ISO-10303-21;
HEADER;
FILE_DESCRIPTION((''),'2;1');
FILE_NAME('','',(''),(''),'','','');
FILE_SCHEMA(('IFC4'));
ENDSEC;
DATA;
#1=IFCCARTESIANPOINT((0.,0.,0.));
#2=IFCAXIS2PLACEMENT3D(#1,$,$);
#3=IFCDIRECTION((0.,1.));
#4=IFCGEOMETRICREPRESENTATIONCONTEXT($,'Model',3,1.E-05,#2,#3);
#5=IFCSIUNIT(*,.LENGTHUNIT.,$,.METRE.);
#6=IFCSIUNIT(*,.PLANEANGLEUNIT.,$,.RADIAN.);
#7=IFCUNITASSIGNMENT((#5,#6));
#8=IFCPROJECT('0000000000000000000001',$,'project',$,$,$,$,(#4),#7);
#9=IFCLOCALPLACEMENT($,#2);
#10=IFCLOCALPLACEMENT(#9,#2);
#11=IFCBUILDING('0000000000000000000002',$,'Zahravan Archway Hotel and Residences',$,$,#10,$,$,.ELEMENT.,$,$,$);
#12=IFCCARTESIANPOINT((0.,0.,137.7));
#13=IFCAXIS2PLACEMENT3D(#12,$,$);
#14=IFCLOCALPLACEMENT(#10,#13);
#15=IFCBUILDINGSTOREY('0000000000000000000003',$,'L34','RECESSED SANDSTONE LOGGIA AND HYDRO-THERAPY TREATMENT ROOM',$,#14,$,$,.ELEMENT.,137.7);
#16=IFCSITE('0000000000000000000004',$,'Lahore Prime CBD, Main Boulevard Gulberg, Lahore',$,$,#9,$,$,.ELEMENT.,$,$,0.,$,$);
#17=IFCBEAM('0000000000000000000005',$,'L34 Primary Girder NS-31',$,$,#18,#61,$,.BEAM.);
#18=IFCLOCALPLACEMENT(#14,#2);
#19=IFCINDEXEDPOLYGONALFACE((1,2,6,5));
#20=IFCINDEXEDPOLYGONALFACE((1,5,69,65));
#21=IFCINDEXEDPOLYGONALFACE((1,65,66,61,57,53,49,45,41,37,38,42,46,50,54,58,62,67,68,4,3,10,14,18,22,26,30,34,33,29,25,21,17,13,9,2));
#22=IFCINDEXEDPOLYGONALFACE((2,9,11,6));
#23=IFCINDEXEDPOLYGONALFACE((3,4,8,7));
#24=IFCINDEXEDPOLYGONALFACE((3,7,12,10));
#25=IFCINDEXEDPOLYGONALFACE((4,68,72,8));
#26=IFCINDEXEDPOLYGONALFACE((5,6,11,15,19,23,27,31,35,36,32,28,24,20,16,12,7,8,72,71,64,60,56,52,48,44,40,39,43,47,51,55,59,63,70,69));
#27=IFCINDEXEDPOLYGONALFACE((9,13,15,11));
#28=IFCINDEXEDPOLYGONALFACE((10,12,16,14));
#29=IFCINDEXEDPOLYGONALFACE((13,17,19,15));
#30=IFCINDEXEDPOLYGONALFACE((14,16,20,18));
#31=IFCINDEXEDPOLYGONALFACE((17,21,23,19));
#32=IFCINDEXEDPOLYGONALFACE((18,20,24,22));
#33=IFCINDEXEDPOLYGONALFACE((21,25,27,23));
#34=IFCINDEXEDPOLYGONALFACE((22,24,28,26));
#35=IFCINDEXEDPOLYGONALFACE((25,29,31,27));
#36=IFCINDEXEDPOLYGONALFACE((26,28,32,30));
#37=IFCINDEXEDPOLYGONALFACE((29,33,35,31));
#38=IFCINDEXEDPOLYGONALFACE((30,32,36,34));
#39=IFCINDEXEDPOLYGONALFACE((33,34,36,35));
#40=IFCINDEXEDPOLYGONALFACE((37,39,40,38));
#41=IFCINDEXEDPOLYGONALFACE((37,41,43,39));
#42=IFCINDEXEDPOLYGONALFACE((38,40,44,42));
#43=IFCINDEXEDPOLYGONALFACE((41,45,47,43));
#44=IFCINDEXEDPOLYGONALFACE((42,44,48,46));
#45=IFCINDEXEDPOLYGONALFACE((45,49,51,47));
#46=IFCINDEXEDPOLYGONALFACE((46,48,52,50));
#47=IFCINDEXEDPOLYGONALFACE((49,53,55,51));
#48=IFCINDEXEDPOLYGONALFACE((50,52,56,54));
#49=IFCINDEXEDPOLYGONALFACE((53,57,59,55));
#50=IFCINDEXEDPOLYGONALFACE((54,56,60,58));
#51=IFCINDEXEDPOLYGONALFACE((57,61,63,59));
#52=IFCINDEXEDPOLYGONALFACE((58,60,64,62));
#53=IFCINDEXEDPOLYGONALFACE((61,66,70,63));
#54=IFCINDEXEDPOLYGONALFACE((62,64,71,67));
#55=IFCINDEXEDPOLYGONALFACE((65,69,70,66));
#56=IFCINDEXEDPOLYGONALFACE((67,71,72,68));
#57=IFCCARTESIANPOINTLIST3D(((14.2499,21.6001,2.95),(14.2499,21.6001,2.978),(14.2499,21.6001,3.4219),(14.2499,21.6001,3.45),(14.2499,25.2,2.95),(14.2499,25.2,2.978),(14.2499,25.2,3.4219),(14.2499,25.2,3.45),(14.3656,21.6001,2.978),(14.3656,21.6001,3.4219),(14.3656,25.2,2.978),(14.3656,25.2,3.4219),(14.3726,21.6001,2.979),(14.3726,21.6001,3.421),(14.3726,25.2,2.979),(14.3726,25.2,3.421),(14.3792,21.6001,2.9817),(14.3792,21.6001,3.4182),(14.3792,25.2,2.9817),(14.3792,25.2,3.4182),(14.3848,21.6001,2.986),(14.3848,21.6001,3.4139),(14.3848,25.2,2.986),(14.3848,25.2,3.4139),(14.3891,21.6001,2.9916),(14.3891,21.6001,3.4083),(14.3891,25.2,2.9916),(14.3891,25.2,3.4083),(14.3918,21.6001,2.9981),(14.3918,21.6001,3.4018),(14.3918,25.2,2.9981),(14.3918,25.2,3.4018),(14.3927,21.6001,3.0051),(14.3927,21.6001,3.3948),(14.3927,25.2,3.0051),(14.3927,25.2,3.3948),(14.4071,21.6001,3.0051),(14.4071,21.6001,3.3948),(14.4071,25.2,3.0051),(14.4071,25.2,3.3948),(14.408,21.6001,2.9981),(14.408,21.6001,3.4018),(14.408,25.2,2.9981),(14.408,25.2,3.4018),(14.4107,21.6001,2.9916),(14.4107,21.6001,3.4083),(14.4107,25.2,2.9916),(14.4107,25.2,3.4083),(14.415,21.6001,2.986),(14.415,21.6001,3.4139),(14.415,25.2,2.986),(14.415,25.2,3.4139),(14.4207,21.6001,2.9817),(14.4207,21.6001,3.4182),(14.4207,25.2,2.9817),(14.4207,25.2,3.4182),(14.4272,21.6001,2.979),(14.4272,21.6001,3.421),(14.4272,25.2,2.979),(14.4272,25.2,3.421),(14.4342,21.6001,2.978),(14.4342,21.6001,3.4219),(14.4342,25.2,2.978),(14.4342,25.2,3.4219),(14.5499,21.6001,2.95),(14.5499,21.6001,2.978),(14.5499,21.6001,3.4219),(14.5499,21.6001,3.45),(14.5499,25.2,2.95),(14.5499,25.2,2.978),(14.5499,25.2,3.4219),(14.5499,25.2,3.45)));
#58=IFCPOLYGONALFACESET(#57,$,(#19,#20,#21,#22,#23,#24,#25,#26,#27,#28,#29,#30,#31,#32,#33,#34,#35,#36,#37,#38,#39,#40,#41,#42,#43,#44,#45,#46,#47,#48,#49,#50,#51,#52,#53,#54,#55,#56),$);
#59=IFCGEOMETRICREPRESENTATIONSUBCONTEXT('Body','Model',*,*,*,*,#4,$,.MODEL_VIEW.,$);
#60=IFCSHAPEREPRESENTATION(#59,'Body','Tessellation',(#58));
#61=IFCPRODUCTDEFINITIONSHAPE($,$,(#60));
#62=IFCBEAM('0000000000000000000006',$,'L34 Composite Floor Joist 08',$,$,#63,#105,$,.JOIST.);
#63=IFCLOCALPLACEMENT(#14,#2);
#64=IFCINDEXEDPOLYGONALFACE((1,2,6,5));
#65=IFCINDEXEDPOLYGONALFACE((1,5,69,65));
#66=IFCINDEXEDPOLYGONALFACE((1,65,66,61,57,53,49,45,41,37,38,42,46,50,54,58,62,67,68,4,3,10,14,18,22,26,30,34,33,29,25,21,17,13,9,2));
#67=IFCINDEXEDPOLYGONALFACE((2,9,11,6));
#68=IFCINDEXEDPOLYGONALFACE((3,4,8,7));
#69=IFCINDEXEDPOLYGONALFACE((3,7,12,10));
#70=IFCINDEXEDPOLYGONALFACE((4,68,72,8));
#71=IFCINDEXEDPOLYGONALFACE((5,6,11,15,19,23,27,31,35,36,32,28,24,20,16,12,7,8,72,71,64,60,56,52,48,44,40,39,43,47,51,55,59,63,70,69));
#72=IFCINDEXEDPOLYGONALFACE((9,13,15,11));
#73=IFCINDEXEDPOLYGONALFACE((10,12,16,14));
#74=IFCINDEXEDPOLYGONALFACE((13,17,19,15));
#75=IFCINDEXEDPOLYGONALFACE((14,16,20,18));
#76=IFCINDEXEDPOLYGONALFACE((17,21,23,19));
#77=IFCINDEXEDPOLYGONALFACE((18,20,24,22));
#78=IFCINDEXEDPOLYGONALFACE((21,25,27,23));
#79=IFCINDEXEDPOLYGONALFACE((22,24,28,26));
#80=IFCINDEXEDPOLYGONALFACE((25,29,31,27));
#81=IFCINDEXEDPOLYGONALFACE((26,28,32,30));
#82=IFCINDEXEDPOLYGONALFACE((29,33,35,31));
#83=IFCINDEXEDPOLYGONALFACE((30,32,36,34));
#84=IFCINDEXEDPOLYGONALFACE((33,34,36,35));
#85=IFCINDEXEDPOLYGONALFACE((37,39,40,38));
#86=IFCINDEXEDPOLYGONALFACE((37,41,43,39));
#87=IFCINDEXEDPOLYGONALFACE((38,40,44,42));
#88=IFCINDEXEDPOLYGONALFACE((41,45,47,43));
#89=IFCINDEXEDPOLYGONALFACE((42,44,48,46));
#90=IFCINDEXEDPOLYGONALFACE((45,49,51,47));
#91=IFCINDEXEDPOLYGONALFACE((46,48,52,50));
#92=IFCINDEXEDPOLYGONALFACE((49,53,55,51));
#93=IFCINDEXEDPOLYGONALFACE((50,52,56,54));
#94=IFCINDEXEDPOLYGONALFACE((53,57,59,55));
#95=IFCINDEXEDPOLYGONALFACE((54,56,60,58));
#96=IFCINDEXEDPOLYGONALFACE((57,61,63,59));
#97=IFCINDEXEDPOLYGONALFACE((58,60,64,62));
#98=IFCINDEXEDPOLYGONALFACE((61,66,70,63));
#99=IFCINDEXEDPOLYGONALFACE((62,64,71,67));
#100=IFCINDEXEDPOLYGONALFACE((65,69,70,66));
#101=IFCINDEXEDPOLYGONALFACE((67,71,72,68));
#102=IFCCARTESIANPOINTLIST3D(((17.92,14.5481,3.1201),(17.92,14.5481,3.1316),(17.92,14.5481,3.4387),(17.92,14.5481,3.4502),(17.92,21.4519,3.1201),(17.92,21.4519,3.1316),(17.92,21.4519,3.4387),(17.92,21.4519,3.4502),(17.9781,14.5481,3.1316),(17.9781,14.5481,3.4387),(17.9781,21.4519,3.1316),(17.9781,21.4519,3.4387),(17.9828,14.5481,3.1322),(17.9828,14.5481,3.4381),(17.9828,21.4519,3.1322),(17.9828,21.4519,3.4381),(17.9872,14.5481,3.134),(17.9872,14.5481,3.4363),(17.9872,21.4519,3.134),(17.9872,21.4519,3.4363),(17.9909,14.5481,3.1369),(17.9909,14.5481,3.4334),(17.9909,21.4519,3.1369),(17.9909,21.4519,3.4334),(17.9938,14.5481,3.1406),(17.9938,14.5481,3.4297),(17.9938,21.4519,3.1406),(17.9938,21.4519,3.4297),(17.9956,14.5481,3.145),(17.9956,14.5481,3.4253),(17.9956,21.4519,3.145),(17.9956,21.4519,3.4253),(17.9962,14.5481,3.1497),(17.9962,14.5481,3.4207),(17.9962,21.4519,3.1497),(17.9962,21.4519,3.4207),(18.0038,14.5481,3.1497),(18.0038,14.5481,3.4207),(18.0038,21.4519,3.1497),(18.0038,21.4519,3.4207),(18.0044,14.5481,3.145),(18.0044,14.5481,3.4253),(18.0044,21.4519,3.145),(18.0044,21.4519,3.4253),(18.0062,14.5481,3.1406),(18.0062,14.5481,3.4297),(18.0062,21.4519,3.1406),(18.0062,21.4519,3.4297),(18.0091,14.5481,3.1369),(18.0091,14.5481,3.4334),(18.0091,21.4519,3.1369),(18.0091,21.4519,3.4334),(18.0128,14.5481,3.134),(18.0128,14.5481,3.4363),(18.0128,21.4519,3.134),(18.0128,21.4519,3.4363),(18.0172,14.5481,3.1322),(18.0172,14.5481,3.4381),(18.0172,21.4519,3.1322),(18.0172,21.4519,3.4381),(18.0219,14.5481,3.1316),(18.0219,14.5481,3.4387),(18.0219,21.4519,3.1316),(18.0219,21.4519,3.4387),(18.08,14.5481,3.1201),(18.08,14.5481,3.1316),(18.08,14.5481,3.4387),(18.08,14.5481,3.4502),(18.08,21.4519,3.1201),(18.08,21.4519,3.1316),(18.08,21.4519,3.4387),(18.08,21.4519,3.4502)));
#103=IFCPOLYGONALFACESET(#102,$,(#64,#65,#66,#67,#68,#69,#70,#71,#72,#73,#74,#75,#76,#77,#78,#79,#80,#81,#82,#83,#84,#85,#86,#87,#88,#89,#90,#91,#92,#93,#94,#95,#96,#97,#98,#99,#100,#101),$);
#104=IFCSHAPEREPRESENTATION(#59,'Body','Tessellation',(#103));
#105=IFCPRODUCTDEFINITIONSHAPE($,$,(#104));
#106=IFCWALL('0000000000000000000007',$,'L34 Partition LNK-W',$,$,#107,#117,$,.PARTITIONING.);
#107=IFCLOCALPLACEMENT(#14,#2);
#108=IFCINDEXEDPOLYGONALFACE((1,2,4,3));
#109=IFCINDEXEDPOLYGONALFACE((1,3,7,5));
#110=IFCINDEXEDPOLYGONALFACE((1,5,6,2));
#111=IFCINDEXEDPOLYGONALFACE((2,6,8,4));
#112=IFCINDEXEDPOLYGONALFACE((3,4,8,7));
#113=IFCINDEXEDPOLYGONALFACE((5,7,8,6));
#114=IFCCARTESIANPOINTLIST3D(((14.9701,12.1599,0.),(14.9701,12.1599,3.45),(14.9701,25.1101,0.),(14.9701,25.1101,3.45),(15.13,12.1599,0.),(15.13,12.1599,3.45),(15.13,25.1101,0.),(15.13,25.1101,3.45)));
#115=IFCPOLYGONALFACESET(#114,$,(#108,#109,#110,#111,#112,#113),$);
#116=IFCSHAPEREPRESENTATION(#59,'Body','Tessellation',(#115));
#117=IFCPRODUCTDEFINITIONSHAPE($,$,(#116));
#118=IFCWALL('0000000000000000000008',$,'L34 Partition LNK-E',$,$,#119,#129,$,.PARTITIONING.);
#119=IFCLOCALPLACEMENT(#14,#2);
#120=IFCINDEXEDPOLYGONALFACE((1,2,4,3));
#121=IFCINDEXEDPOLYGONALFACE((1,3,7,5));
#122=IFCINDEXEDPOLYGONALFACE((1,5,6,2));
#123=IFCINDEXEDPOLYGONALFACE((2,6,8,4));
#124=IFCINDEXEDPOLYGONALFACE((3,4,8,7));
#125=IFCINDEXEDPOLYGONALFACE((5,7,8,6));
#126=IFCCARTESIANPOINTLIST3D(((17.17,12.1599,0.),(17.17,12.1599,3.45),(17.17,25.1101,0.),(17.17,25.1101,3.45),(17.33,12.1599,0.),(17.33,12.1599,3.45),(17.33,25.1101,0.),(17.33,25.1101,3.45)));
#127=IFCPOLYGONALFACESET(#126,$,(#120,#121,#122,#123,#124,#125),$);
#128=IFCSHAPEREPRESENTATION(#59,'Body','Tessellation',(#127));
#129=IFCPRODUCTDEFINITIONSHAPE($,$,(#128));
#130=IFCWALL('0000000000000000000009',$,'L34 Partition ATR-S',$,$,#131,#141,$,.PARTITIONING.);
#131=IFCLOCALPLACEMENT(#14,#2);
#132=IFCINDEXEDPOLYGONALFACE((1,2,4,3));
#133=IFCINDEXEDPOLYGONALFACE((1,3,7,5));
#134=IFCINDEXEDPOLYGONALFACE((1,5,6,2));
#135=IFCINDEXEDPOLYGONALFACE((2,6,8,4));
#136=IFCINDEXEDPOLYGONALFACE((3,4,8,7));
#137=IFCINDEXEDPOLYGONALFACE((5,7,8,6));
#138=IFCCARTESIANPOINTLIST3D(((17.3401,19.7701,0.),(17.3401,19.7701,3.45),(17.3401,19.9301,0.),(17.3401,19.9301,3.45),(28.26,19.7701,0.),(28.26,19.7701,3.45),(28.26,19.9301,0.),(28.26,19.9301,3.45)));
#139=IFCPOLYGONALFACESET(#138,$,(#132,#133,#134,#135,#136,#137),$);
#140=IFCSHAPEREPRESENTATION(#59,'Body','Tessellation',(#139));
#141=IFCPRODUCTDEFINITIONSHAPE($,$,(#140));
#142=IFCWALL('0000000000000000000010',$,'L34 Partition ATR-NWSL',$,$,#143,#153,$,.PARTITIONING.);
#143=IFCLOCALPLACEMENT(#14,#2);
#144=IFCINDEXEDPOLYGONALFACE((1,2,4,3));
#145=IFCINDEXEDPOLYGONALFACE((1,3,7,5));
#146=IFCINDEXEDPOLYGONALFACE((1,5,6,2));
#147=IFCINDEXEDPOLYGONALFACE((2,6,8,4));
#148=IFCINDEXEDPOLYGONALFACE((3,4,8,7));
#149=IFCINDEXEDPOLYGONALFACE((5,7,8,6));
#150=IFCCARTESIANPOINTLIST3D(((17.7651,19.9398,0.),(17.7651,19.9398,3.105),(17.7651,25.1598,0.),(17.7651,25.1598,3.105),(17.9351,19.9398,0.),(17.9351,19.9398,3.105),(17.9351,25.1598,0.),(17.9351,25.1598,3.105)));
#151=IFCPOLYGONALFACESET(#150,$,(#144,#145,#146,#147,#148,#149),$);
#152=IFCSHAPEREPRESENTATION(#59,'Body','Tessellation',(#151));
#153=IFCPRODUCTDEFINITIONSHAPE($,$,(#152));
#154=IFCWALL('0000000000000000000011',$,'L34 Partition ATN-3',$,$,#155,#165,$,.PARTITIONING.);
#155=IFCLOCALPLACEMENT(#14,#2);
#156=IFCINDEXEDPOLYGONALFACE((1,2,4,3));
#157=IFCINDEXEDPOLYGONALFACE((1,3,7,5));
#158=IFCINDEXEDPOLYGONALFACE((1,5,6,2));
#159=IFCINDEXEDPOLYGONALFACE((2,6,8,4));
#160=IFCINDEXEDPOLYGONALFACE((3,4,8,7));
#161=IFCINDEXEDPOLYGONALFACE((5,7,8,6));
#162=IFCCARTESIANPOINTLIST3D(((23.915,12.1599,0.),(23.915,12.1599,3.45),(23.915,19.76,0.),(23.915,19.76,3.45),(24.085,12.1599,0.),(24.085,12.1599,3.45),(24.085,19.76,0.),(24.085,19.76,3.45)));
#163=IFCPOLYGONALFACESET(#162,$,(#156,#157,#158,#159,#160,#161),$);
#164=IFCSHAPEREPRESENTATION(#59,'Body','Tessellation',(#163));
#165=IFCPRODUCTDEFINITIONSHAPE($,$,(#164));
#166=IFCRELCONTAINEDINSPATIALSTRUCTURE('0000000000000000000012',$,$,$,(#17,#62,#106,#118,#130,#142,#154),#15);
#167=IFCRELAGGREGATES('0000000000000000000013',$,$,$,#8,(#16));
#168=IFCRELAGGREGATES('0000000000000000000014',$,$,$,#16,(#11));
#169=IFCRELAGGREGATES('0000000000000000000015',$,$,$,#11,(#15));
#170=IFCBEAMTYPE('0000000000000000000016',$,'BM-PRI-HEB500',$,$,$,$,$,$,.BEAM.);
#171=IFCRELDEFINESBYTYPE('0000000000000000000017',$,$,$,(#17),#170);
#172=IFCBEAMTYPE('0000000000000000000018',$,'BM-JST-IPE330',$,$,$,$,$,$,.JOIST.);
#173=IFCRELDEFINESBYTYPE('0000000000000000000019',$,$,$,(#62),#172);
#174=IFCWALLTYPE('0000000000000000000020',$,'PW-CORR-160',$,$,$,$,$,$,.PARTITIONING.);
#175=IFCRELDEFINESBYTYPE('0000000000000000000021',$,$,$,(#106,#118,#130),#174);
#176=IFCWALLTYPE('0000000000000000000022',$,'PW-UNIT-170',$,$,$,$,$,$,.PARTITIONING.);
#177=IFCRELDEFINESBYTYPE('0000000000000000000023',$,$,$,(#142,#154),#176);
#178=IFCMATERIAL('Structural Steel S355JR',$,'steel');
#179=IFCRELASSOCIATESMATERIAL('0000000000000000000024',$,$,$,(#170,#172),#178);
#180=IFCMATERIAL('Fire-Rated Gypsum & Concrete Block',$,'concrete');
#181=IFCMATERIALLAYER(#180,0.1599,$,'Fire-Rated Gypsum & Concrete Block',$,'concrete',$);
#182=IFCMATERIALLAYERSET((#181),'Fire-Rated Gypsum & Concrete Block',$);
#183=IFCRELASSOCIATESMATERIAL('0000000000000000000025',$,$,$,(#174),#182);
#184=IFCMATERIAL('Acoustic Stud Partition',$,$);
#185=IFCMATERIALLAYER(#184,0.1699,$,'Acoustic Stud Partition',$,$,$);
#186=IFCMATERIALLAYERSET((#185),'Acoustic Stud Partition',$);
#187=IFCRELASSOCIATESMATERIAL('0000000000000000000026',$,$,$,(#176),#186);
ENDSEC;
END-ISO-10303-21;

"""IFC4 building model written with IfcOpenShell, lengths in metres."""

from ifc_helpers import new_model, si_unit, direction, frame, frame_2d, origin, origin_2d, place, context, subcontext, project, spatial, rectangle, i_section, extrude, source, transform, mapped, material, layer, layer_set, material_profile, profile_set, type_object, element, save


model = new_model("IFC4")

# Units and contexts
model_context = context("Model", 3, precision=1e-05, world=origin(), true_north=direction((0.0, 1.0)))
body_context = subcontext(model_context, "Body", "Model", "MODEL_VIEW")
ifc_project = project(units=[si_unit("LENGTHUNIT", "METRE"), si_unit("PLANEANGLEUNIT", "RADIAN")], contexts=[model_context])

# Site, building, storey
site_placement = place(None, origin())
site = spatial("IfcSite", under=ifc_project, at=site_placement, Name="Lahore Prime CBD, Main Boulevard Gulberg, Lahore", CompositionType="ELEMENT", RefElevation=0.0)
building_placement = place(site_placement, origin())
building = spatial("IfcBuilding", under=site, at=building_placement, Name="Zahravan Archway Hotel and Residences", CompositionType="ELEMENT")
storey_placement = place(building_placement, frame((0.0, 0.0, 137.7)))
storey = spatial("IfcBuildingStorey", under=building, at=storey_placement, Name="L34", Description="RECESSED SANDSTONE LOGGIA AND HYDRO-THERAPY TREATMENT ROOM", CompositionType="ELEMENT", Elevation=137.7)

# Beams
ifc_material_1 = material(Name="Structural Steel S355JR", Category="steel")
ifc_material_profile_1 = material_profile(ifc_material_1, i_section(OverallWidth=0.3, OverallDepth=0.5, WebThickness=0.0144, FlangeThickness=0.0281, FilletRadius=0.0271, at=origin_2d()), Name="HEB 500", Category="steel")
ifc_profile_set_1 = profile_set([ifc_material_profile_1], Name="Structural Steel S355JR")
beam_type_1 = type_object("IfcBeamType", Name="BM-PRI-HEB500", PredefinedType="BEAM", material=ifc_profile_set_1)
shared_shape_1 = source(origin(), body_context, "Body", "SweptSolid", [
    extrude(i_section(OverallWidth=0.3, OverallDepth=0.5, WebThickness=0.0144, FlangeThickness=0.0281, FilletRadius=0.0271, at=origin_2d()), origin(), (0.0, 0.0, 1.0), 3.5999),
])
beam_1_placement = place(storey_placement, frame((14.3999, 21.6001, 3.2), z_axis=(0.0, 1.0, 0.0), x_axis=(-1.0, 0.0, 0.0)))
element("IfcBeam", 1, at=beam_1_placement, inside=storey, type_object=beam_type_1, Name="L34 Primary Girder NS-31", PredefinedType="BEAM", context=body_context, shape_type="MappedRepresentation", body=[
    mapped(shared_shape_1, transform((0.0, 0.0, 0.0), scale=1.0)),
])
ifc_material_profile_2 = material_profile(ifc_material_1, i_section(OverallWidth=0.1599, OverallDepth=0.3301, WebThickness=0.0076, FlangeThickness=0.0115, FilletRadius=0.0181, at=origin_2d()), Name="IPE 330", Category="steel")
ifc_profile_set_2 = profile_set([ifc_material_profile_2], Name="Structural Steel S355JR")
beam_type_2 = type_object("IfcBeamType", Name="BM-JST-IPE330", PredefinedType="JOIST", material=ifc_profile_set_2)
shared_shape_2 = source(origin(), body_context, "Body", "SweptSolid", [
    extrude(i_section(OverallWidth=0.1599, OverallDepth=0.3301, WebThickness=0.0076, FlangeThickness=0.0115, FilletRadius=0.0181, at=origin_2d()), origin(), (0.0, 0.0, 1.0), 6.9038),
])
beam_2_placement = place(storey_placement, frame((18.0, 14.5481, 3.2852), z_axis=(0.0, 1.0, 0.0), x_axis=(-1.0, 0.0, 0.0)))
element("IfcBeam", 2, at=beam_2_placement, inside=storey, type_object=beam_type_2, Name="L34 Composite Floor Joist 08", PredefinedType="JOIST", context=body_context, shape_type="MappedRepresentation", body=[
    mapped(shared_shape_2, transform((0.0, 0.0, 0.0), scale=1.0)),
])

# Walls
ifc_material_2 = material(Name="Fire-Rated Gypsum & Concrete Block", Category="concrete")
ifc_layer_1 = layer(ifc_material_2, 0.1599, Name="Fire-Rated Gypsum & Concrete Block", Category="concrete")
ifc_layer_set_1 = layer_set([ifc_layer_1], Name="Fire-Rated Gypsum & Concrete Block")
wall_type_1 = type_object("IfcWallType", Name="PW-CORR-160", PredefinedType="PARTITIONING", material=ifc_layer_set_1)
for number, where, z_axis, x_axis, name in (
    (3, (15.05, 12.1599, 0.0), (0.0, 0.0, 1.0), (0.0, 1.0, 0.0), "L34 Partition LNK-W"),
    (4, (17.25, 12.1599, 0.0), (0.0, 0.0, 1.0), (0.0, 1.0, 0.0), "L34 Partition LNK-E"),
):
    element("IfcWall", number, at=place(storey_placement, frame(where, z_axis=z_axis, x_axis=x_axis)), inside=storey, type_object=wall_type_1, Name=name, PredefinedType="PARTITIONING", context=body_context, shape_type="SweptSolid", body=[
        extrude(rectangle(XDim=12.9502, YDim=0.1599, at=frame_2d((6.4751, 0.0))), origin(), (0.0, 0.0, 1.0), 3.45),
    ])
wall_1_placement = place(storey_placement, frame((17.3401, 19.8501, 0.0), z_axis=(0.0, 0.0, 1.0), x_axis=(1.0, 0.0, 0.0)))
element("IfcWall", 5, at=wall_1_placement, inside=storey, type_object=wall_type_1, Name="L34 Partition ATR-S", PredefinedType="PARTITIONING", context=body_context, shape_type="SweptSolid", body=[
    extrude(rectangle(XDim=10.9199, YDim=0.1599, at=frame_2d((5.46, 0.0))), origin(), (0.0, 0.0, 1.0), 3.45),
])
ifc_material_3 = material(Name="Acoustic Stud Partition")
ifc_layer_2 = layer(ifc_material_3, 0.1699, Name="Acoustic Stud Partition")
ifc_layer_set_2 = layer_set([ifc_layer_2], Name="Acoustic Stud Partition")
wall_type_2 = type_object("IfcWallType", Name="PW-UNIT-170", PredefinedType="PARTITIONING", material=ifc_layer_set_2)
wall_2_placement = place(storey_placement, frame((17.8501, 19.9399, 0.0), z_axis=(0.0, 0.0, 1.0), x_axis=(0.0, 1.0, 0.0)))
element("IfcWall", 6, at=wall_2_placement, inside=storey, type_object=wall_type_2, Name="L34 Partition ATR-NWSL", PredefinedType="PARTITIONING", context=body_context, shape_type="SweptSolid", body=[
    extrude(rectangle(XDim=5.22, YDim=0.1699, at=frame_2d((2.6099, 0.0))), origin(), (0.0, 0.0, 1.0), 3.105),
])
wall_3_placement = place(storey_placement, frame((24.0, 12.1599, 0.0), z_axis=(0.0, 0.0, 1.0), x_axis=(0.0, 1.0, 0.0)))
element("IfcWall", 7, at=wall_3_placement, inside=storey, type_object=wall_type_2, Name="L34 Partition ATN-3", PredefinedType="PARTITIONING", context=body_context, shape_type="SweptSolid", body=[
    extrude(rectangle(XDim=7.6001, YDim=0.1699, at=frame_2d((3.8, 0.0))), origin(), (0.0, 0.0, 1.0), 3.45),
])

save(model, "model.ifc")
